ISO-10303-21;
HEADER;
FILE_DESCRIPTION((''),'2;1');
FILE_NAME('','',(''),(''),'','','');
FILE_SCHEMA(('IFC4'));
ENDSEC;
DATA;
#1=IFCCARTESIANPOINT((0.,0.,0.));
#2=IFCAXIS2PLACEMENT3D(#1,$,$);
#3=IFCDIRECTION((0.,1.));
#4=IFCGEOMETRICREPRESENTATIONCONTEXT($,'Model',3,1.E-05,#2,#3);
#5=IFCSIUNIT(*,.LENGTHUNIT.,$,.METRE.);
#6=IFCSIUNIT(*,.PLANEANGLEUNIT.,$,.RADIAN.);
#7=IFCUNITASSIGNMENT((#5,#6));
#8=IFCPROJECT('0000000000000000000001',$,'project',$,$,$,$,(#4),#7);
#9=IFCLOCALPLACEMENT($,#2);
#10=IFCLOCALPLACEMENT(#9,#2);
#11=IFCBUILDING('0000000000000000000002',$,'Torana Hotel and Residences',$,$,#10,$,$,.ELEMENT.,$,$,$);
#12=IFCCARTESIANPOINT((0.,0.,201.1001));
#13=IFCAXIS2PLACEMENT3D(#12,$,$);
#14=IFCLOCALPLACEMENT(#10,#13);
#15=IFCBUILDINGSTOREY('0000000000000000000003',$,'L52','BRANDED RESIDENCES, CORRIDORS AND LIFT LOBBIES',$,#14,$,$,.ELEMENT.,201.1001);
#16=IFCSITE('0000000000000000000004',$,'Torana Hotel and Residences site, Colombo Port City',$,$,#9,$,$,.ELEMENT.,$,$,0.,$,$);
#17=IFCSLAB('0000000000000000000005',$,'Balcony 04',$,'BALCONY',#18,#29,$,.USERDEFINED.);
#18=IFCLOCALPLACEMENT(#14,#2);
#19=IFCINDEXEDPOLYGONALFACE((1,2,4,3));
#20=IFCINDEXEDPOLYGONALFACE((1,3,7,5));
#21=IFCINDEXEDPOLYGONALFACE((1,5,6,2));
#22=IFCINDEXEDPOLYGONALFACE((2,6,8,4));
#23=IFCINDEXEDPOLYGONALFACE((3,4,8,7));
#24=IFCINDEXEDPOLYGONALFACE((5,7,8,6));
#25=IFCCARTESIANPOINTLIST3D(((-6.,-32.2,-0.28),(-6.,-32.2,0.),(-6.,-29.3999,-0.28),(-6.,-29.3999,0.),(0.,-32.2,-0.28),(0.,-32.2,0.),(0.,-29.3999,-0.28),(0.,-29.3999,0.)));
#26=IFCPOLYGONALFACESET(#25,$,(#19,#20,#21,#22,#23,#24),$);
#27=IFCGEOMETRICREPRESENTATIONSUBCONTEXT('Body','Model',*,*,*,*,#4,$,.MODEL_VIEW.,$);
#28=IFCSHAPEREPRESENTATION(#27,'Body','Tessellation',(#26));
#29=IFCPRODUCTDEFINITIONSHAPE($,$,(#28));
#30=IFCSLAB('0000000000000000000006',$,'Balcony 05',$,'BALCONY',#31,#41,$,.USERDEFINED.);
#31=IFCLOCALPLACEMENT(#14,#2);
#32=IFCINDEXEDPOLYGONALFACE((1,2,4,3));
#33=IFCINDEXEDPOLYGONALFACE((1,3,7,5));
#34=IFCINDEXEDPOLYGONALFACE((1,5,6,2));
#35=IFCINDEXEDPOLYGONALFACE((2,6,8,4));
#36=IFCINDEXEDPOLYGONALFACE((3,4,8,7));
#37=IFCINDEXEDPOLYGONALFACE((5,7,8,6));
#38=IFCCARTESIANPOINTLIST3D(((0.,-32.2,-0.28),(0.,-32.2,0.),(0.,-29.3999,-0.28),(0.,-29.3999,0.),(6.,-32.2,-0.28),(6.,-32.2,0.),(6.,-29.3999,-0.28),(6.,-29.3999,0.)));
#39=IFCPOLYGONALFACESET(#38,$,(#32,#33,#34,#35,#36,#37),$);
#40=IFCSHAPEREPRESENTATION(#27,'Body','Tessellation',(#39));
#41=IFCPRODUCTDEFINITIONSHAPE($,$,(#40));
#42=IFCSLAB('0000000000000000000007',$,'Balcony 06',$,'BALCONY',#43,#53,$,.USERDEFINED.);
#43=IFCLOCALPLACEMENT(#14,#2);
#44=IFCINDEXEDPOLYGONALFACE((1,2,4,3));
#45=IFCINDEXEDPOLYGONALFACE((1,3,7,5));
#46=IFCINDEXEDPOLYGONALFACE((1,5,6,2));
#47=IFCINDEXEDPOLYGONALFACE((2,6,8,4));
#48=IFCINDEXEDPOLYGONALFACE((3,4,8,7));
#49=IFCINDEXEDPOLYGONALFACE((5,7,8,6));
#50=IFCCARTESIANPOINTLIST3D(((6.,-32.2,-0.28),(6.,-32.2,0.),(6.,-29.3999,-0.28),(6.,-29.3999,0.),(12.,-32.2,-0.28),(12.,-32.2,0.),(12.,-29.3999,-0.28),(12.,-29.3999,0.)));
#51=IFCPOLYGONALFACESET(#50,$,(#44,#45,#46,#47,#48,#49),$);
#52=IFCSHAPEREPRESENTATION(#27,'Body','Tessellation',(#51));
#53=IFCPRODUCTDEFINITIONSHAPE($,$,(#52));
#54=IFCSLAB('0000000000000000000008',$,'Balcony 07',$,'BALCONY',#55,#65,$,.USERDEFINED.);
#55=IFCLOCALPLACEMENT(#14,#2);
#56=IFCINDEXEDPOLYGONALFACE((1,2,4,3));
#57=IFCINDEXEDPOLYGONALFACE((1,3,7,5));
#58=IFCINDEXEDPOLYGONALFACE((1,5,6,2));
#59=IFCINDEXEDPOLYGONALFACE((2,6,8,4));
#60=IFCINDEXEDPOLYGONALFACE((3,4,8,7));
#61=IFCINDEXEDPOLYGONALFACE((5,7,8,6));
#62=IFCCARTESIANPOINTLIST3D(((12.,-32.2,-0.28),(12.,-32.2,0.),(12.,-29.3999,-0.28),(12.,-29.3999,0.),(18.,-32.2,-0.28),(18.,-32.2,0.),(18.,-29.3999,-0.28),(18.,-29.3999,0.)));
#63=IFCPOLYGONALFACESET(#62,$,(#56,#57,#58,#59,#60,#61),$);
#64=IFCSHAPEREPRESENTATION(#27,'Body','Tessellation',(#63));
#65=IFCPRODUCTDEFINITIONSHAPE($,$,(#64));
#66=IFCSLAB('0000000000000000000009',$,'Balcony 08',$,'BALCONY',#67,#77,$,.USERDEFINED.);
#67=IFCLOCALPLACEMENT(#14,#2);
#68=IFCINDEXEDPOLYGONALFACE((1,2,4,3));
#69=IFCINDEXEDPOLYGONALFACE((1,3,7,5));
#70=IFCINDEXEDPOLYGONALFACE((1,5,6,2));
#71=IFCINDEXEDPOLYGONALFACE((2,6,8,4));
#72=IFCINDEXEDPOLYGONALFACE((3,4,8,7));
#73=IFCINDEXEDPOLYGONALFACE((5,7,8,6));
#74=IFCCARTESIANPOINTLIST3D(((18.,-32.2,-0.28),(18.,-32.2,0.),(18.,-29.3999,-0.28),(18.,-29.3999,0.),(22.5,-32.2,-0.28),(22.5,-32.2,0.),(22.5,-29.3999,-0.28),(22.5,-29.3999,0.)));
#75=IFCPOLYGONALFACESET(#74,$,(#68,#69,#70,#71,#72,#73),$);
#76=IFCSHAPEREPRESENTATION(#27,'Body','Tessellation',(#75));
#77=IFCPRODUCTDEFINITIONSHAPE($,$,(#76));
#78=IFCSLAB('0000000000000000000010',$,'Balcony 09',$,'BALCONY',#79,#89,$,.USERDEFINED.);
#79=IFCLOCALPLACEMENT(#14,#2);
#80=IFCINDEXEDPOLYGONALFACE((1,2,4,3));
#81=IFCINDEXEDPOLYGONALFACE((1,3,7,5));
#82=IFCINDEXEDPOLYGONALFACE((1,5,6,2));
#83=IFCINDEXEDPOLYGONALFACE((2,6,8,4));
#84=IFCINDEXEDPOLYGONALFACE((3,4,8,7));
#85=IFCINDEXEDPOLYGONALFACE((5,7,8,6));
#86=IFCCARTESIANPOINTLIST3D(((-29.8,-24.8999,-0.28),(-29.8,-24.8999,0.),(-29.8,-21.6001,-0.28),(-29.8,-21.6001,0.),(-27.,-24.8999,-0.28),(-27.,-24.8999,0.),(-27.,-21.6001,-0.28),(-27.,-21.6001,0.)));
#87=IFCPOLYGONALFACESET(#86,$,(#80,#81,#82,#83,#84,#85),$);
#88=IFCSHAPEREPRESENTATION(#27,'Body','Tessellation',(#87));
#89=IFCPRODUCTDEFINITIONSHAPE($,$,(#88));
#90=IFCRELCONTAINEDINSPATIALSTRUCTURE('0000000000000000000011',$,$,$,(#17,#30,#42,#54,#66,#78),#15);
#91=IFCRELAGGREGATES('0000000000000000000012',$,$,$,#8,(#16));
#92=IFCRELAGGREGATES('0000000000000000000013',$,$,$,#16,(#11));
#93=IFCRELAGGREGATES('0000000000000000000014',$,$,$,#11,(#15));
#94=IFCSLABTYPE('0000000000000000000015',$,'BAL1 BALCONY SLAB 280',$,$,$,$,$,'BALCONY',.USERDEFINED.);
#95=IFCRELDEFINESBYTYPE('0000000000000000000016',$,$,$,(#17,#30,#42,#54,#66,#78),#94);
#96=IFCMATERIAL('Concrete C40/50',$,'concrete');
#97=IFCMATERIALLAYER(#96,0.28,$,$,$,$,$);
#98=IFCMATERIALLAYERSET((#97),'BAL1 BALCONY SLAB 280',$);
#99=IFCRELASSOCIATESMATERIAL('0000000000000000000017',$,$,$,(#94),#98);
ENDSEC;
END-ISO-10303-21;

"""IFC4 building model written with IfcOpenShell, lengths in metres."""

from ifc_helpers import new_model, si_unit, direction, frame, origin, place, context, subcontext, project, spatial, polyline, outline, extrude, material, layer, layer_set, type_object, element, save


model = new_model("IFC4")

# Units and contexts
model_context = context("Model", 3, precision=1e-05, world=origin(), true_north=direction((0.0, 1.0)))
body_context = subcontext(model_context, "Body", "Model", "MODEL_VIEW")
ifc_project = project(units=[si_unit("LENGTHUNIT", "METRE"), si_unit("PLANEANGLEUNIT", "RADIAN")], contexts=[model_context])

# Site, building, storey
site_placement = place(None, origin())
site = spatial("IfcSite", under=ifc_project, at=site_placement, Name="Torana Hotel and Residences site, Colombo Port City", CompositionType="ELEMENT", RefElevation=0.0)
building_placement = place(site_placement, origin())
building = spatial("IfcBuilding", under=site, at=building_placement, Name="Torana Hotel and Residences", CompositionType="ELEMENT")
storey_placement = place(building_placement, frame((0.0, 0.0, 201.1001)))
storey = spatial("IfcBuildingStorey", under=building, at=storey_placement, Name="L52", Description="BRANDED RESIDENCES, CORRIDORS AND LIFT LOBBIES", CompositionType="ELEMENT", Elevation=201.1001)

# Slabs
ifc_material_1 = material(Name="Concrete C40/50", Category="concrete")
ifc_layer_1 = layer(ifc_material_1, 0.28)
ifc_layer_set_1 = layer_set([ifc_layer_1], Name="BAL1 BALCONY SLAB 280")
slab_type = type_object("IfcSlabType", Name="BAL1 BALCONY SLAB 280", ElementType="BALCONY", PredefinedType="USERDEFINED", material=ifc_layer_set_1)
slab_1_placement = place(storey_placement, frame((0.0, 0.0, -0.28)))
element("IfcSlab", 1, at=slab_1_placement, inside=storey, type_object=slab_type, Name="Balcony 04", ObjectType="BALCONY", PredefinedType="USERDEFINED", context=body_context, shape_type="SweptSolid", body=[
    extrude(outline(polyline([(-6.0, -32.2), (0.0, -32.2), (0.0, -29.3999), (-6.0, -29.3999), (-6.0, -32.2)])), origin(), (0.0, 0.0, 1.0), 0.28),
])
slab_2_placement = place(storey_placement, frame((0.0, 0.0, -0.28)))
element("IfcSlab", 2, at=slab_2_placement, inside=storey, type_object=slab_type, Name="Balcony 05", ObjectType="BALCONY", PredefinedType="USERDEFINED", context=body_context, shape_type="SweptSolid", body=[
    extrude(outline(polyline([(0.0, -32.2), (6.0, -32.2), (6.0, -29.3999), (0.0, -29.3999), (0.0, -32.2)])), origin(), (0.0, 0.0, 1.0), 0.28),
])
slab_3_placement = place(storey_placement, frame((0.0, 0.0, -0.28)))
element("IfcSlab", 3, at=slab_3_placement, inside=storey, type_object=slab_type, Name="Balcony 06", ObjectType="BALCONY", PredefinedType="USERDEFINED", context=body_context, shape_type="SweptSolid", body=[
    extrude(outline(polyline([(6.0, -32.2), (12.0, -32.2), (12.0, -29.3999), (6.0, -29.3999), (6.0, -32.2)])), origin(), (0.0, 0.0, 1.0), 0.28),
])
slab_4_placement = place(storey_placement, frame((0.0, 0.0, -0.28)))
element("IfcSlab", 4, at=slab_4_placement, inside=storey, type_object=slab_type, Name="Balcony 07", ObjectType="BALCONY", PredefinedType="USERDEFINED", context=body_context, shape_type="SweptSolid", body=[
    extrude(outline(polyline([(12.0, -32.2), (18.0, -32.2), (18.0, -29.3999), (12.0, -29.3999), (12.0, -32.2)])), origin(), (0.0, 0.0, 1.0), 0.28),
])
slab_5_placement = place(storey_placement, frame((0.0, 0.0, -0.28)))
element("IfcSlab", 5, at=slab_5_placement, inside=storey, type_object=slab_type, Name="Balcony 08", ObjectType="BALCONY", PredefinedType="USERDEFINED", context=body_context, shape_type="SweptSolid", body=[
    extrude(outline(polyline([(18.0, -32.2), (22.5, -32.2), (22.5, -29.3999), (18.0, -29.3999), (18.0, -32.2)])), origin(), (0.0, 0.0, 1.0), 0.28),
])
slab_6_placement = place(storey_placement, frame((0.0, 0.0, -0.28)))
element("IfcSlab", 6, at=slab_6_placement, inside=storey, type_object=slab_type, Name="Balcony 09", ObjectType="BALCONY", PredefinedType="USERDEFINED", context=body_context, shape_type="SweptSolid", body=[
    extrude(outline(polyline([(-29.8, -24.8999), (-27.0, -24.8999), (-27.0, -21.6001), (-29.8, -21.6001), (-29.8, -24.8999)])), origin(), (0.0, 0.0, 1.0), 0.28),
])

save(model, "model.ifc")
